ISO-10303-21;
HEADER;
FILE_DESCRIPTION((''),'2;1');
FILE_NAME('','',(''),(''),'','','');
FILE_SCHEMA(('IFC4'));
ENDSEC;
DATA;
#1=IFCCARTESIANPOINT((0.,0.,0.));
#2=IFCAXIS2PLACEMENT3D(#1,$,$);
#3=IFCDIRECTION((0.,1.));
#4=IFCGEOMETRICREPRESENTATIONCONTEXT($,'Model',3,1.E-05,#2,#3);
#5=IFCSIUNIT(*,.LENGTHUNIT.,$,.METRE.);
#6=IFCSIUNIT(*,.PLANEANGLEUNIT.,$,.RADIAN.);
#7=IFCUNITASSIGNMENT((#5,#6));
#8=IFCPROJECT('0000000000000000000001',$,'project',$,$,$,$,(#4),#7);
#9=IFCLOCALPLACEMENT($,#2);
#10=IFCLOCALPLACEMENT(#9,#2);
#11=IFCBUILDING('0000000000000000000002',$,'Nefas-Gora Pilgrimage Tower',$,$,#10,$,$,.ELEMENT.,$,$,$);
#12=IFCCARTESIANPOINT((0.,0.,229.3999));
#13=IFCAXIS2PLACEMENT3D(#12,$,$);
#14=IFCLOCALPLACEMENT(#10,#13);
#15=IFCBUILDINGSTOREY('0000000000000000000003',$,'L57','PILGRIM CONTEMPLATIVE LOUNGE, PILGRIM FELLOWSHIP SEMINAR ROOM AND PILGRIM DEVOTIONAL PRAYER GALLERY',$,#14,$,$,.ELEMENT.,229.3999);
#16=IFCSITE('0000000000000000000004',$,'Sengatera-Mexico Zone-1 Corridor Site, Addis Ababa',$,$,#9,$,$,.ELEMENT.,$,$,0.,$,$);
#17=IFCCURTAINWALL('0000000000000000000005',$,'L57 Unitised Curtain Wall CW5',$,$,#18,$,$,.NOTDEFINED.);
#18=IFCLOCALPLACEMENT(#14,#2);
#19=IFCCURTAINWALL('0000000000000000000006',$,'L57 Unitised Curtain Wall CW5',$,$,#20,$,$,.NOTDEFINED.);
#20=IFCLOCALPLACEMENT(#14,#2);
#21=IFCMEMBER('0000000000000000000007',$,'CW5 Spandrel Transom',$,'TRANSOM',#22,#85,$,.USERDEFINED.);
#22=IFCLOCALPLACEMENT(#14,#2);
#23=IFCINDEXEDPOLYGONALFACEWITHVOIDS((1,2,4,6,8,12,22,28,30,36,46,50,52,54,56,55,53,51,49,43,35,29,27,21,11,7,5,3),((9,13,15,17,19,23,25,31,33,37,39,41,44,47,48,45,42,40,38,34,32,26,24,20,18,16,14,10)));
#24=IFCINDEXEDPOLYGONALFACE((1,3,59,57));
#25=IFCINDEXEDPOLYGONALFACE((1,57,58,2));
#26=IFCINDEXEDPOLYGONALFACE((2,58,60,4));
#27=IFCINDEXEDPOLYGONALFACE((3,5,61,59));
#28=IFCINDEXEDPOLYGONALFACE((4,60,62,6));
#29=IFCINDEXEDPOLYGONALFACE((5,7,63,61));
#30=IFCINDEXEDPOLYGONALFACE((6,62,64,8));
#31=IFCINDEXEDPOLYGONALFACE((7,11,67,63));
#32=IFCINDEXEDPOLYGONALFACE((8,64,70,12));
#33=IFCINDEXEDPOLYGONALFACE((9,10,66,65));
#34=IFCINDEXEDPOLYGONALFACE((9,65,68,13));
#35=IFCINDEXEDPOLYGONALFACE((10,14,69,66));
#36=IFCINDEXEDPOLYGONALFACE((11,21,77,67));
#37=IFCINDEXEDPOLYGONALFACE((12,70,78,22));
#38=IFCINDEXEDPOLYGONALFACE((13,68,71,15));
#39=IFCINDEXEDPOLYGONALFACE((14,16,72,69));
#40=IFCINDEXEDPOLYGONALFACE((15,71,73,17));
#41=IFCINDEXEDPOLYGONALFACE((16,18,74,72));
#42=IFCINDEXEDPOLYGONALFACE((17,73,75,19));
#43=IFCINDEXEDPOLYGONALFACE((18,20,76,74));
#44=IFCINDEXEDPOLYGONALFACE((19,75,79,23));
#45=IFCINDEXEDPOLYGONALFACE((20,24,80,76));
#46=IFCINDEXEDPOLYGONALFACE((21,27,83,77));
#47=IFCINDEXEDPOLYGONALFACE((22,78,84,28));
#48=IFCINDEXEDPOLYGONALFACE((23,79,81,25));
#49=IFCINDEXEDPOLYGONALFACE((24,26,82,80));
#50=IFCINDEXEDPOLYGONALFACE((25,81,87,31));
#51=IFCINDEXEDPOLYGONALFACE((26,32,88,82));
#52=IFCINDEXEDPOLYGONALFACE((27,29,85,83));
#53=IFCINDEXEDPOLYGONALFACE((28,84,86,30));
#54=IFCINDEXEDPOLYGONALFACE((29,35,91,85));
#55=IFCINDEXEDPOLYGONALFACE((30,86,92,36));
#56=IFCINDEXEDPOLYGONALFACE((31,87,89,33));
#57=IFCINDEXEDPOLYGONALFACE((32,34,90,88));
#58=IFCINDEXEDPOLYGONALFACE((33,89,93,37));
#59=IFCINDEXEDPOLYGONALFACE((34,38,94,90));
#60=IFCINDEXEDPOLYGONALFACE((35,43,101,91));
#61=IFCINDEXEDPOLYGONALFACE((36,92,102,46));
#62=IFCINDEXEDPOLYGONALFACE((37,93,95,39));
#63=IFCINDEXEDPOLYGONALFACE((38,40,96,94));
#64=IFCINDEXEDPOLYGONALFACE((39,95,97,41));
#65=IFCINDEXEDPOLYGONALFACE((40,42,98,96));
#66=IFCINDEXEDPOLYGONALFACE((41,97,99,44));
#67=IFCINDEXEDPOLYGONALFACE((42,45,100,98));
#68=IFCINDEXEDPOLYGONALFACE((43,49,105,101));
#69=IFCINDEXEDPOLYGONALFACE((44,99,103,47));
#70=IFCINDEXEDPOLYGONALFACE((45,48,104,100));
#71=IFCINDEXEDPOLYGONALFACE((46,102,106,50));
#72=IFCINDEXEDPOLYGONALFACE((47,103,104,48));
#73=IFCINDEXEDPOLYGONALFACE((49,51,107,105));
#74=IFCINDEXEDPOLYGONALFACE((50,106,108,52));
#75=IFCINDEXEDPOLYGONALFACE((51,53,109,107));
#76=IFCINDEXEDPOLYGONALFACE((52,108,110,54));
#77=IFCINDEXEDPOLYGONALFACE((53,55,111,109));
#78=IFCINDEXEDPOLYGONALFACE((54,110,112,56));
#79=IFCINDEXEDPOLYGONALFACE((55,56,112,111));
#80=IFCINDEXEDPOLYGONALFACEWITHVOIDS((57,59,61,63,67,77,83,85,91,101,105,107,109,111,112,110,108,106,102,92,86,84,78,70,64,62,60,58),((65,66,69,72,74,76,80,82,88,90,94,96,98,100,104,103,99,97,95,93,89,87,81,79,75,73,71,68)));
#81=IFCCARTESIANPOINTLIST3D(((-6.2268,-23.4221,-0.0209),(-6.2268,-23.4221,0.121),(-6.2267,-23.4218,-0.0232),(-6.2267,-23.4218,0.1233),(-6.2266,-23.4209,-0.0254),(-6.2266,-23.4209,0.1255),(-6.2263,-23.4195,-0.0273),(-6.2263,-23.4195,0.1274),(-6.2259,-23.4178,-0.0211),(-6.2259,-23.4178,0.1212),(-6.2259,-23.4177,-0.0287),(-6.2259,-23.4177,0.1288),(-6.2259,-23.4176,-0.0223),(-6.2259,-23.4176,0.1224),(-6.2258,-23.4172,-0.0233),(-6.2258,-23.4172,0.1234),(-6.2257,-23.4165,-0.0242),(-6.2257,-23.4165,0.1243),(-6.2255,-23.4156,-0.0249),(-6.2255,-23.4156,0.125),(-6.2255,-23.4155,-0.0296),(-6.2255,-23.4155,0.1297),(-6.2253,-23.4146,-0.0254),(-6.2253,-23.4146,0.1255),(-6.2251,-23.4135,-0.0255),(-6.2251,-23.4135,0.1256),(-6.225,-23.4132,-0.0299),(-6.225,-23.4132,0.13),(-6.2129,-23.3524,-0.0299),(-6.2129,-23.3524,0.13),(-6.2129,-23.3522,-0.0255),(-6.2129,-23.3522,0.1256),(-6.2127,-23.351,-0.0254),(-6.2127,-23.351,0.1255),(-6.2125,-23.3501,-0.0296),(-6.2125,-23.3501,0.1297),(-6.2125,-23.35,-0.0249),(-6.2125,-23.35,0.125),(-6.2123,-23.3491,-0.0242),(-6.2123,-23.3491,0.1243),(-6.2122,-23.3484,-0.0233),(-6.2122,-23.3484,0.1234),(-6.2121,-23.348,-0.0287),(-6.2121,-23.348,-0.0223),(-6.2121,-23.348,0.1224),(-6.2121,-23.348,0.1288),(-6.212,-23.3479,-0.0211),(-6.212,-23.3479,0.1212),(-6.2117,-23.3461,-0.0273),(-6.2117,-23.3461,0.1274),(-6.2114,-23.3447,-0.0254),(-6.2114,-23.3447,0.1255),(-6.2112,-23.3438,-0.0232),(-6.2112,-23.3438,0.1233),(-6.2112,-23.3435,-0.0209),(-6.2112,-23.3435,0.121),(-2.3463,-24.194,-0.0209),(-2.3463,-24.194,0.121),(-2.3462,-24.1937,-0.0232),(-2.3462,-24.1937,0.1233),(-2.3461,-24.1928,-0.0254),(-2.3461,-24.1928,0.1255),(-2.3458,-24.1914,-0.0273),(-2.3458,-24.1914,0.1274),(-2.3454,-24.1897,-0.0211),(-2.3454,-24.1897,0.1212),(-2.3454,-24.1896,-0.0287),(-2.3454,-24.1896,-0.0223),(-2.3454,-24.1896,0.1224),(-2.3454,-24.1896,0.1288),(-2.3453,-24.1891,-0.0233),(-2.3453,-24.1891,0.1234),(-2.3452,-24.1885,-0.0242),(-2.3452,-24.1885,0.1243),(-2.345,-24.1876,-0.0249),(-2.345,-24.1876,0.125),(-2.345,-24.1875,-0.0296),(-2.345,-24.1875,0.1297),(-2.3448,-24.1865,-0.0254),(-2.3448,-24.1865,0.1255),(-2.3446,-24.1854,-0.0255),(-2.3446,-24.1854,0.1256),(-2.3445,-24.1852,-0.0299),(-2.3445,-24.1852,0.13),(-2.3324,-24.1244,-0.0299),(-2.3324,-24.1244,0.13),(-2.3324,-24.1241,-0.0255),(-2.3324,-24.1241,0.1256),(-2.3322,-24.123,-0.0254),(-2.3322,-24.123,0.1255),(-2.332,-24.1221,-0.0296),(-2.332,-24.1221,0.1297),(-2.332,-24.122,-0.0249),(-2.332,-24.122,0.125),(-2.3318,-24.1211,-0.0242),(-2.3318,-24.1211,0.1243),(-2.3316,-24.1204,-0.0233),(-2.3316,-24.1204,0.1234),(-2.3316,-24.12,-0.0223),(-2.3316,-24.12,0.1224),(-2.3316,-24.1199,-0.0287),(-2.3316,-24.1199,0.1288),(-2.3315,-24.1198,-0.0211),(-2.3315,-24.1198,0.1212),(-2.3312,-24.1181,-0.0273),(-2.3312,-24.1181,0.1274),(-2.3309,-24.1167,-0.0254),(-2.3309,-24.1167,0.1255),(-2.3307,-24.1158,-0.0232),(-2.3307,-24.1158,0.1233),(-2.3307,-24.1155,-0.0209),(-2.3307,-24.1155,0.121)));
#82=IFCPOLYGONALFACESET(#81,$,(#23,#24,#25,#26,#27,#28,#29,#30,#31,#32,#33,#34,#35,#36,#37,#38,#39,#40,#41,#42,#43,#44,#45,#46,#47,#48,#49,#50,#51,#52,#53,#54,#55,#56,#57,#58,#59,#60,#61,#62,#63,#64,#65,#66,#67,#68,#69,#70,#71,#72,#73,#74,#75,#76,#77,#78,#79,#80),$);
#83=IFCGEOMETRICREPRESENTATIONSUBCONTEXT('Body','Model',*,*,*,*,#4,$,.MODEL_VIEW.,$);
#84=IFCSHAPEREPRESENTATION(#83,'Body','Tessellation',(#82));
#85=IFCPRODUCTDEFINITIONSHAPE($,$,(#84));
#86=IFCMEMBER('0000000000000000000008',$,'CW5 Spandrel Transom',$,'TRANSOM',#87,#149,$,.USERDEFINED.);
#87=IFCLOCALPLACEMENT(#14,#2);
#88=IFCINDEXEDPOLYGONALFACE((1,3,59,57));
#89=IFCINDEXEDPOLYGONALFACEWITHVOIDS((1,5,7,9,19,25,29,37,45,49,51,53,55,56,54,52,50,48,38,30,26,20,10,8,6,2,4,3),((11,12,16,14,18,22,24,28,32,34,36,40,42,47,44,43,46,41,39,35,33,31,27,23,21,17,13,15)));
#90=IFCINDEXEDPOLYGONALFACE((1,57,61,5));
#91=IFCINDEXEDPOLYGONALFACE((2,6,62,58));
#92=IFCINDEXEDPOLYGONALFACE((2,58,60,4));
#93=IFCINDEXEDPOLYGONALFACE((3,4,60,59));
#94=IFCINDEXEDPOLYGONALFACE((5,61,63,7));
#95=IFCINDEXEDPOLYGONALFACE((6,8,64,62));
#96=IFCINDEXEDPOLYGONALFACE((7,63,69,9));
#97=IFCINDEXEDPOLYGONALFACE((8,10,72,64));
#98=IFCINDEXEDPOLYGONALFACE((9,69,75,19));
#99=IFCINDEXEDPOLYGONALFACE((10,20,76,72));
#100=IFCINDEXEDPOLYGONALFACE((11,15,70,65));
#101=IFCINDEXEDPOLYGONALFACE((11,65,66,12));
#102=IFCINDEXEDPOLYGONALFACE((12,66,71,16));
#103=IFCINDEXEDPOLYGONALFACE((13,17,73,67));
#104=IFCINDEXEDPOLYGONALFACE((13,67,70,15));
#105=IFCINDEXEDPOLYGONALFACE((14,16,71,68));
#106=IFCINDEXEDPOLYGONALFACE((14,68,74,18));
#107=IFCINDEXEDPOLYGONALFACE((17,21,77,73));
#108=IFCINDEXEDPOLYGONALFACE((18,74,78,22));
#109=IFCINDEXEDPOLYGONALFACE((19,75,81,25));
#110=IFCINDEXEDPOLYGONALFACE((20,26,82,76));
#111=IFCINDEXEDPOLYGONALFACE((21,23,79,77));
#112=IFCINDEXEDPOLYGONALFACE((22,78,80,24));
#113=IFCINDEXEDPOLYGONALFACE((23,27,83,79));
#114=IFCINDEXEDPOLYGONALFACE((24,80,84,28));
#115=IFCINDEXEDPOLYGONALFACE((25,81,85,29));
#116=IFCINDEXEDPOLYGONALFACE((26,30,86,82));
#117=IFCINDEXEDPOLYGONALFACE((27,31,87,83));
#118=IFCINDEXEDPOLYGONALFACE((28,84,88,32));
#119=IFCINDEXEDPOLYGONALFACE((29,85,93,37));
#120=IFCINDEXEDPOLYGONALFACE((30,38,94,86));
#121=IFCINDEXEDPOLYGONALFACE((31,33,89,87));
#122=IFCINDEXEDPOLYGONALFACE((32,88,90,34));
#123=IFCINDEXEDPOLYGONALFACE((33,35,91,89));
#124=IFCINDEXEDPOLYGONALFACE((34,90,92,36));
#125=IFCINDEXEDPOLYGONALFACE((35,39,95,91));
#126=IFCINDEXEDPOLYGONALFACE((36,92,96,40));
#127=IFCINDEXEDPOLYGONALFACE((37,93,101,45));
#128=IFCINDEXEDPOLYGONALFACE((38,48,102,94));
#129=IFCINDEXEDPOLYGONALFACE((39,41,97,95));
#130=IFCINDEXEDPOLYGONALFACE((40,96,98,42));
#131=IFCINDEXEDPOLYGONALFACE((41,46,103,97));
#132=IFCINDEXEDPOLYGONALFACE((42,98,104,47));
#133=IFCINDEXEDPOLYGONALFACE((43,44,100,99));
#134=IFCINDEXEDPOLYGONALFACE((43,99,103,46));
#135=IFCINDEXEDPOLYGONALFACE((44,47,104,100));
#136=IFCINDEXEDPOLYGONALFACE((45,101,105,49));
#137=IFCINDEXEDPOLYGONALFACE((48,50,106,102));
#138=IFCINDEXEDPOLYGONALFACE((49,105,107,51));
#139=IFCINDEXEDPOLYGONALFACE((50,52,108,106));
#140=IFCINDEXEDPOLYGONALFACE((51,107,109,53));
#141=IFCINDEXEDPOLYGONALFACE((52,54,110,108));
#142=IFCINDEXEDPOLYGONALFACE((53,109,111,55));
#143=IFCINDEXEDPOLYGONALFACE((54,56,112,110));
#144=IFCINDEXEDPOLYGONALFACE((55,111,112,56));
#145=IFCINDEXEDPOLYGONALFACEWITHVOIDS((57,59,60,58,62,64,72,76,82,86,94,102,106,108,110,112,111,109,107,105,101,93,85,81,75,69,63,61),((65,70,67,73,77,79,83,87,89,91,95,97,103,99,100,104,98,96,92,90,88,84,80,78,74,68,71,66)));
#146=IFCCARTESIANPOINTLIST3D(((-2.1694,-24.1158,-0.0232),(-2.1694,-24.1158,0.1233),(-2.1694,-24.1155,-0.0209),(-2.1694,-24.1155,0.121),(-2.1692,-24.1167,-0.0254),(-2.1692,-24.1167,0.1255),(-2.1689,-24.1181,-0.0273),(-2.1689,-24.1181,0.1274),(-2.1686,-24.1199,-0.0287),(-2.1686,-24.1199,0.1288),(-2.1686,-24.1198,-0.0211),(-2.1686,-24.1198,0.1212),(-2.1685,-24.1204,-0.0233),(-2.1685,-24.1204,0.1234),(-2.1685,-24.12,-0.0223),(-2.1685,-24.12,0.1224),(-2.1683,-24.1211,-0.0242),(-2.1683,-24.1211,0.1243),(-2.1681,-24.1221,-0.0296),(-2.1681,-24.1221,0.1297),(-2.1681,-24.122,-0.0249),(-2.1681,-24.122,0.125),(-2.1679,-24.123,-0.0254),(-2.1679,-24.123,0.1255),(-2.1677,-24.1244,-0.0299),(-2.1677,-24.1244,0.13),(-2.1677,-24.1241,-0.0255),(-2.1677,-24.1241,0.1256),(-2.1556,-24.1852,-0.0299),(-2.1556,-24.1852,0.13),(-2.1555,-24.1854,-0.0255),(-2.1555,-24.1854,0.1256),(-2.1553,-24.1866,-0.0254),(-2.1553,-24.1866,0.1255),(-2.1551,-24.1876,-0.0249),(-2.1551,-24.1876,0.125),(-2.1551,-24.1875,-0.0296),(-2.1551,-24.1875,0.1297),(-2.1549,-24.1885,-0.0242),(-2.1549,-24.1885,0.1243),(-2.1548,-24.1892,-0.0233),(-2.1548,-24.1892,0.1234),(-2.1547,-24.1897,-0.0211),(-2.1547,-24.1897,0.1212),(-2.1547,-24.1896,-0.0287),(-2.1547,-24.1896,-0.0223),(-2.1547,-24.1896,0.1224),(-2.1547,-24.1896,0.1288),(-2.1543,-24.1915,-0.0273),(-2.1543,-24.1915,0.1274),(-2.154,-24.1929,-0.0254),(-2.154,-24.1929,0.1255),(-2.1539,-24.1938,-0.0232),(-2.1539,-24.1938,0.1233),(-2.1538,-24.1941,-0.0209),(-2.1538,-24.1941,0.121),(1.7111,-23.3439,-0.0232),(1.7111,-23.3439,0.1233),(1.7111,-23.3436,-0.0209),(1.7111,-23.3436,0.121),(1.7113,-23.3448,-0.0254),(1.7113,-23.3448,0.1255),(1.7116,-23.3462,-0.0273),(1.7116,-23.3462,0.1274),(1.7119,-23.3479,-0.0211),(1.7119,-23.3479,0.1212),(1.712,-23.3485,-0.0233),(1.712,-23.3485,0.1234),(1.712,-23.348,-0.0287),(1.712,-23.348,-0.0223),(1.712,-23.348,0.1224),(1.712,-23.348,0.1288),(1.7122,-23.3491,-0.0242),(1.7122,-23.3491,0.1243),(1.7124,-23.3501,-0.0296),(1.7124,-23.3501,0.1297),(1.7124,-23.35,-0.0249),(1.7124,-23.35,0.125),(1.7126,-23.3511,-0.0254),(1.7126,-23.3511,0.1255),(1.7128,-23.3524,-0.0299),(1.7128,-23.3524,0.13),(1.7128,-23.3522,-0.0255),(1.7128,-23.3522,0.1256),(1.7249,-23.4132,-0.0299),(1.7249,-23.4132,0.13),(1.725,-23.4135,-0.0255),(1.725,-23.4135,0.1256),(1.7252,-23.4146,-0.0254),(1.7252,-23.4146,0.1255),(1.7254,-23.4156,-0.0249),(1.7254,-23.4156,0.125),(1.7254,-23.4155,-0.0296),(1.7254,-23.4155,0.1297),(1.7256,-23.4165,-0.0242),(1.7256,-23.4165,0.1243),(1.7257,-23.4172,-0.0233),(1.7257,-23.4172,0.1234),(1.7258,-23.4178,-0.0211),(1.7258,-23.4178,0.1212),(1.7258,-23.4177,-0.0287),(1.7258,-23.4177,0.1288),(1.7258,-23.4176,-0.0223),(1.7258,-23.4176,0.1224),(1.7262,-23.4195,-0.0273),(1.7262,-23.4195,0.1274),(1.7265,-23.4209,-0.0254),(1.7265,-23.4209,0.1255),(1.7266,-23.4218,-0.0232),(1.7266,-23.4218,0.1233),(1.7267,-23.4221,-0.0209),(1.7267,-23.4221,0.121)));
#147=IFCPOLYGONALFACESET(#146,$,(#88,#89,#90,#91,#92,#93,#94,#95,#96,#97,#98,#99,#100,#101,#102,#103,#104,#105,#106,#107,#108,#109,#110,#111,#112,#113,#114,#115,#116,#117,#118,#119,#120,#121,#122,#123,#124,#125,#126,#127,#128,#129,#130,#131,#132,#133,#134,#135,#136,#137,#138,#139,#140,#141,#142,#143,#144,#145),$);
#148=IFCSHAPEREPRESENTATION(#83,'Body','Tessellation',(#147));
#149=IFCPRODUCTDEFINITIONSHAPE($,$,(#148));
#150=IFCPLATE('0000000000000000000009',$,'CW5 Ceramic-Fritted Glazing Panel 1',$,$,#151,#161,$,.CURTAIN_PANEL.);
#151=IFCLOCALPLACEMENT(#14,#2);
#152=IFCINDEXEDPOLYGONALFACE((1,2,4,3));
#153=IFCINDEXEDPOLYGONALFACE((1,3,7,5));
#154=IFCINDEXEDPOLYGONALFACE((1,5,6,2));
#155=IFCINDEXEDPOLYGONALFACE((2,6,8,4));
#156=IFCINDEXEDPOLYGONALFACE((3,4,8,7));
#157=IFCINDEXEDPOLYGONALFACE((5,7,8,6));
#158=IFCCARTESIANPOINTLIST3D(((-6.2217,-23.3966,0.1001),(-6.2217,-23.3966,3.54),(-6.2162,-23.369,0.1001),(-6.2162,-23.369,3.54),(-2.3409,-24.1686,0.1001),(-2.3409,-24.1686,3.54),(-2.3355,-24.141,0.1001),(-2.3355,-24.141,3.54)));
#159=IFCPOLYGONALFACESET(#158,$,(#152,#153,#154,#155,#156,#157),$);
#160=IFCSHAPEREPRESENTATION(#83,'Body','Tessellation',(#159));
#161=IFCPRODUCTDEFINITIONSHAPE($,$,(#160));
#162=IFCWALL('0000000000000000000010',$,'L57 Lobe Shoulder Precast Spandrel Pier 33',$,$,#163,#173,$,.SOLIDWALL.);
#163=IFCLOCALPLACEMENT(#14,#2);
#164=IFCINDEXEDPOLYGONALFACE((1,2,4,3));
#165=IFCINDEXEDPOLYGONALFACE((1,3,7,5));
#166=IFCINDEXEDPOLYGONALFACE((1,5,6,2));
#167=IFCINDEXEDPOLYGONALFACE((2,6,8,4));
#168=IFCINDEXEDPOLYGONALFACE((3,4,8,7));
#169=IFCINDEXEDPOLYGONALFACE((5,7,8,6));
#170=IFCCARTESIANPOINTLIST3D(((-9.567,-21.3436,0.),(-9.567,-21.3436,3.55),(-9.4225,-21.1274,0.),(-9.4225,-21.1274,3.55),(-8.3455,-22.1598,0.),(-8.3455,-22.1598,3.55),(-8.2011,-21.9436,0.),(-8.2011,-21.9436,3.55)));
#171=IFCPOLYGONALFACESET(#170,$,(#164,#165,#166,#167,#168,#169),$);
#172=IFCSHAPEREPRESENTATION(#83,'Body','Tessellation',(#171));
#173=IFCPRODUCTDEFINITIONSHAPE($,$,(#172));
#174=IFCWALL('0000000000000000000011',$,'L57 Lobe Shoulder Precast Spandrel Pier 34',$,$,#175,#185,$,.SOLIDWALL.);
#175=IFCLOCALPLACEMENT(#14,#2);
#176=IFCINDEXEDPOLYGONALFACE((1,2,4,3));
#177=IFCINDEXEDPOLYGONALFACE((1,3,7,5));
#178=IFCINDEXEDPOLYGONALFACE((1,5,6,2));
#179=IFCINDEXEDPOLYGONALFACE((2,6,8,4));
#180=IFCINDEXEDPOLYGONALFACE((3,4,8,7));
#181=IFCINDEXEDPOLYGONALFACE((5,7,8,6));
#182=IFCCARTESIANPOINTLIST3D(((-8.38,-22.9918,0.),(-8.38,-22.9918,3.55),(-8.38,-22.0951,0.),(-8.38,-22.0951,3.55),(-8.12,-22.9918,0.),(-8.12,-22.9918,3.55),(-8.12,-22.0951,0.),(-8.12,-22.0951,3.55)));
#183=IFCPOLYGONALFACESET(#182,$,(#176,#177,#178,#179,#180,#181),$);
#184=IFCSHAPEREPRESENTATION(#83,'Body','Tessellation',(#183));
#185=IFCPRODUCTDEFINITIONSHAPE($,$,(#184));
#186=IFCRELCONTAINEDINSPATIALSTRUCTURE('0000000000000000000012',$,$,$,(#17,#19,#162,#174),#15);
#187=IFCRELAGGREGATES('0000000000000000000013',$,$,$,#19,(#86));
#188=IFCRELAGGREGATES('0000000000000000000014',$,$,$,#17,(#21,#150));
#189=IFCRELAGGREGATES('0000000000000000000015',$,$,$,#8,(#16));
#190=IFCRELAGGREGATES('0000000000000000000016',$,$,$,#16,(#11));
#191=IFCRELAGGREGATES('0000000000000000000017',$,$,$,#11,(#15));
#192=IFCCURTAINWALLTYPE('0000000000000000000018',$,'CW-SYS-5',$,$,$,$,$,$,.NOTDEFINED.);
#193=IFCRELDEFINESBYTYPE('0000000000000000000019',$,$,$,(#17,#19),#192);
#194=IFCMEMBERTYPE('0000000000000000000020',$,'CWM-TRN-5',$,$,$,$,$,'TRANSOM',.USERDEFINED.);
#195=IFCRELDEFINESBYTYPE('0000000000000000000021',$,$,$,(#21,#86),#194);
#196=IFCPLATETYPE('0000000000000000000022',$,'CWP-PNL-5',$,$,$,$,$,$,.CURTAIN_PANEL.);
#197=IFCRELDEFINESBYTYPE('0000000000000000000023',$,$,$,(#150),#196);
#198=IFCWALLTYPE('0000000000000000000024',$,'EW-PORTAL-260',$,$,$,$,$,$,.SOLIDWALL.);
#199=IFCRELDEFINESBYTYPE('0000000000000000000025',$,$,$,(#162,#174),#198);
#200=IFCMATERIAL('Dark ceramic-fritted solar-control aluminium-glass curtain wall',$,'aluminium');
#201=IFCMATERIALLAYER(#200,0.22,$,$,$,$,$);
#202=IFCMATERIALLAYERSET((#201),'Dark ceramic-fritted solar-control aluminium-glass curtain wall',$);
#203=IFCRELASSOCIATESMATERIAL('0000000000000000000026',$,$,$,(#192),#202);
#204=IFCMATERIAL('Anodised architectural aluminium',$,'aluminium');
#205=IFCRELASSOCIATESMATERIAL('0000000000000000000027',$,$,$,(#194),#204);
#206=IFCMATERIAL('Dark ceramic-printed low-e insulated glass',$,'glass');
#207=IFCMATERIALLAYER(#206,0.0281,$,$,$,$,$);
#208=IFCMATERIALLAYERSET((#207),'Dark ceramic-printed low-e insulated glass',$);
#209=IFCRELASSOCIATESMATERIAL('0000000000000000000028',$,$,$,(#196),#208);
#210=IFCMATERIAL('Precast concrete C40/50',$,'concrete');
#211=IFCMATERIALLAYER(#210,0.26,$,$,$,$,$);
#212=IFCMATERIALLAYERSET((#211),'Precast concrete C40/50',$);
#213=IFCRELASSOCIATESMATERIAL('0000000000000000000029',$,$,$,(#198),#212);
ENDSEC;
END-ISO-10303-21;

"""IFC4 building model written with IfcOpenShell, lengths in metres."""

from ifc_helpers import new_model, si_unit, direction, frame, frame_2d, origin, origin_2d, place, context, subcontext, project, spatial, rectangle, hollow_rectangle, extrude, source, transform, mapped, material, layer, layer_set, material_profile, profile_set, type_object, element, aggregate, save


model = new_model("IFC4")

# Units and contexts
model_context = context("Model", 3, precision=1e-05, world=origin(), true_north=direction((0.0, 1.0)))
body_context = subcontext(model_context, "Body", "Model", "MODEL_VIEW")
ifc_project = project(units=[si_unit("LENGTHUNIT", "METRE"), si_unit("PLANEANGLEUNIT", "RADIAN")], contexts=[model_context])

# Site, building, storey
site_placement = place(None, origin())
site = spatial("IfcSite", under=ifc_project, at=site_placement, Name="Sengatera-Mexico Zone-1 Corridor Site, Addis Ababa", CompositionType="ELEMENT", RefElevation=0.0)
building_placement = place(site_placement, origin())
building = spatial("IfcBuilding", under=site, at=building_placement, Name="Nefas-Gora Pilgrimage Tower", CompositionType="ELEMENT")
storey_placement = place(building_placement, frame((0.0, 0.0, 229.3999)))
storey = spatial("IfcBuildingStorey", under=building, at=storey_placement, Name="L57", Description="PILGRIM CONTEMPLATIVE LOUNGE, PILGRIM FELLOWSHIP SEMINAR ROOM AND PILGRIM DEVOTIONAL PRAYER GALLERY", CompositionType="ELEMENT", Elevation=229.3999)

# Shared definitions
ifc_material_1 = material(Name="Dark ceramic-fritted solar-control aluminium-glass curtain wall", Category="aluminium")
ifc_layer_1 = layer(ifc_material_1, 0.22)
ifc_layer_set_1 = layer_set([ifc_layer_1], Name="Dark ceramic-fritted solar-control aluminium-glass curtain wall")
curtain_wall_type = type_object("IfcCurtainWallType", Name="CW-SYS-5", PredefinedType="NOTDEFINED", material=ifc_layer_set_1)
ifc_material_2 = material(Name="Anodised architectural aluminium", Category="aluminium")

# Curtain wall
curtain_wall_1_placement = place(storey_placement, origin())
curtain_wall_1 = element("IfcCurtainWall", 1, at=curtain_wall_1_placement, inside=storey, type_object=curtain_wall_type, Name="L57 Unitised Curtain Wall CW5", PredefinedType="NOTDEFINED")

# Curtain wall
curtain_wall_2_placement = place(storey_placement, origin())
curtain_wall_2 = element("IfcCurtainWall", 2, at=curtain_wall_2_placement, inside=storey, type_object=curtain_wall_type, Name="L57 Unitised Curtain Wall CW5", PredefinedType="NOTDEFINED")

# Members
ifc_material_profile_1 = material_profile(ifc_material_2, hollow_rectangle(XDim=0.0801, YDim=0.1599, WallThickness=0.0044, InnerFilletRadius=0.0044, OuterFilletRadius=0.009, at=origin_2d()), Name="ALU TRANSOM 80x160")
ifc_profile_set_1 = profile_set([ifc_material_profile_1], Name="Anodised architectural aluminium")
member_type_1 = type_object("IfcMemberType", Name="CWM-TRN-5", ElementType="TRANSOM", PredefinedType="USERDEFINED", material=ifc_profile_set_1)
shared_shape_1 = source(origin(), body_context, "Body", "SweptSolid", [
    extrude(hollow_rectangle(XDim=0.0801, YDim=0.1599, WallThickness=0.0044, InnerFilletRadius=0.0044, OuterFilletRadius=0.009, at=origin_2d()), origin(), (0.0, 0.0, 1.0), 3.9565),
])
member_1_placement = place(storey_placement, frame((-6.219, -23.3828, 0.05), z_axis=(0.980782, -0.195107, 0.0), x_axis=(0.195107, 0.980782, 0.0)))
member_1 = element("IfcMember", 3, at=member_1_placement, type_object=member_type_1, Name="CW5 Spandrel Transom", ObjectType="TRANSOM", PredefinedType="USERDEFINED", context=body_context, shape_type="MappedRepresentation", body=[
    mapped(shared_shape_1, transform((0.0, 0.0, 0.0), x_axis=(1.0, 0.0, 0.0), y_axis=(0.0, 1.0, 0.0), z_axis=(0.0, 0.0, 1.0), scale=1.0)),
])
member_2_placement = place(storey_placement, frame((-2.1616, -24.1548, 0.05), z_axis=(0.980782, 0.195107, 0.0), x_axis=(-0.195107, 0.980782, 0.0)))
member_2 = element("IfcMember", 4, at=member_2_placement, type_object=member_type_1, Name="CW5 Spandrel Transom", ObjectType="TRANSOM", PredefinedType="USERDEFINED", context=body_context, shape_type="MappedRepresentation", body=[
    mapped(shared_shape_1, transform((0.0, 0.0, 0.0), x_axis=(1.0, 0.0, 0.0), y_axis=(0.0, 1.0, 0.0), z_axis=(0.0, 0.0, 1.0), scale=1.0)),
])
aggregate(curtain_wall_2, [member_2])

# Plate
ifc_material_3 = material(Name="Dark ceramic-printed low-e insulated glass", Category="glass")
ifc_layer_2 = layer(ifc_material_3, 0.0281)
ifc_layer_set_2 = layer_set([ifc_layer_2], Name="Dark ceramic-printed low-e insulated glass")
plate_type = type_object("IfcPlateType", Name="CWP-PNL-5", PredefinedType="CURTAIN_PANEL", material=ifc_layer_set_2)
shared_shape_2 = source(origin(), body_context, "Body", "SweptSolid", [
    extrude(rectangle(XDim=3.9568, YDim=0.0281, at=origin_2d()), origin(), (0.0, 0.0, 1.0), 3.4399),
])
plate_placement = place(storey_placement, frame((-4.2786, -23.7688, 0.1001), z_axis=(0.0, 0.0, 1.0), x_axis=(0.980783, -0.195102, 0.0)))
plate = element("IfcPlate", 5, at=plate_placement, type_object=plate_type, Name="CW5 Ceramic-Fritted Glazing Panel 1", PredefinedType="CURTAIN_PANEL", context=body_context, shape_type="MappedRepresentation", body=[
    mapped(shared_shape_2, transform((0.0, 0.0, 0.0), x_axis=(1.0, 0.0, 0.0), y_axis=(0.0, 1.0, 0.0), z_axis=(0.0, 0.0, 1.0), scale=1.0)),
])
aggregate(curtain_wall_1, [member_1, plate])

# Walls
ifc_material_4 = material(Name="Precast concrete C40/50", Category="concrete")
ifc_layer_3 = layer(ifc_material_4, 0.26)
ifc_layer_set_3 = layer_set([ifc_layer_3], Name="Precast concrete C40/50")
wall_type_1 = type_object("IfcWallType", Name="EW-PORTAL-260", PredefinedType="SOLIDWALL", material=ifc_layer_set_3)
shared_shape_3 = source(origin(), body_context, "Body", "SweptSolid", [
    extrude(rectangle(XDim=1.469, YDim=0.26, at=frame_2d((0.7344, 0.0))), origin(), (0.0, 0.0, 1.0), 3.55),
])
wall_1_placement = place(storey_placement, frame((-9.4946, -21.2356, 0.0), z_axis=(0.0, 0.0, 1.0), x_axis=(0.831462, -0.555582, 0.0)))
element("IfcWall", 6, at=wall_1_placement, inside=storey, type_object=wall_type_1, Name="L57 Lobe Shoulder Precast Spandrel Pier 33", PredefinedType="SOLIDWALL", context=body_context, shape_type="MappedRepresentation", body=[
    mapped(shared_shape_3, transform((0.0, 0.0, 0.0), x_axis=(1.0, 0.0, 0.0), y_axis=(0.0, 1.0, 0.0), z_axis=(0.0, 0.0, 1.0), scale=1.0)),
])
shared_shape_4 = source(origin(), body_context, "Body", "SweptSolid", [
    extrude(rectangle(XDim=0.8967, YDim=0.26, at=frame_2d((0.4482, 0.0))), origin(), (0.0, 0.0, 1.0), 3.55),
])
wall_2_placement = place(storey_placement, frame((-8.25, -22.0952, 0.0), z_axis=(0.0, 0.0, 1.0), x_axis=(0.0, -1.0, 0.0)))
element("IfcWall", 7, at=wall_2_placement, inside=storey, type_object=wall_type_1, Name="L57 Lobe Shoulder Precast Spandrel Pier 34", PredefinedType="SOLIDWALL", context=body_context, shape_type="MappedRepresentation", body=[
    mapped(shared_shape_4, transform((0.0, 0.0, 0.0), x_axis=(1.0, 0.0, 0.0), y_axis=(0.0, 1.0, 0.0), z_axis=(0.0, 0.0, 1.0), scale=1.0)),
])

save(model, "model.ifc")
